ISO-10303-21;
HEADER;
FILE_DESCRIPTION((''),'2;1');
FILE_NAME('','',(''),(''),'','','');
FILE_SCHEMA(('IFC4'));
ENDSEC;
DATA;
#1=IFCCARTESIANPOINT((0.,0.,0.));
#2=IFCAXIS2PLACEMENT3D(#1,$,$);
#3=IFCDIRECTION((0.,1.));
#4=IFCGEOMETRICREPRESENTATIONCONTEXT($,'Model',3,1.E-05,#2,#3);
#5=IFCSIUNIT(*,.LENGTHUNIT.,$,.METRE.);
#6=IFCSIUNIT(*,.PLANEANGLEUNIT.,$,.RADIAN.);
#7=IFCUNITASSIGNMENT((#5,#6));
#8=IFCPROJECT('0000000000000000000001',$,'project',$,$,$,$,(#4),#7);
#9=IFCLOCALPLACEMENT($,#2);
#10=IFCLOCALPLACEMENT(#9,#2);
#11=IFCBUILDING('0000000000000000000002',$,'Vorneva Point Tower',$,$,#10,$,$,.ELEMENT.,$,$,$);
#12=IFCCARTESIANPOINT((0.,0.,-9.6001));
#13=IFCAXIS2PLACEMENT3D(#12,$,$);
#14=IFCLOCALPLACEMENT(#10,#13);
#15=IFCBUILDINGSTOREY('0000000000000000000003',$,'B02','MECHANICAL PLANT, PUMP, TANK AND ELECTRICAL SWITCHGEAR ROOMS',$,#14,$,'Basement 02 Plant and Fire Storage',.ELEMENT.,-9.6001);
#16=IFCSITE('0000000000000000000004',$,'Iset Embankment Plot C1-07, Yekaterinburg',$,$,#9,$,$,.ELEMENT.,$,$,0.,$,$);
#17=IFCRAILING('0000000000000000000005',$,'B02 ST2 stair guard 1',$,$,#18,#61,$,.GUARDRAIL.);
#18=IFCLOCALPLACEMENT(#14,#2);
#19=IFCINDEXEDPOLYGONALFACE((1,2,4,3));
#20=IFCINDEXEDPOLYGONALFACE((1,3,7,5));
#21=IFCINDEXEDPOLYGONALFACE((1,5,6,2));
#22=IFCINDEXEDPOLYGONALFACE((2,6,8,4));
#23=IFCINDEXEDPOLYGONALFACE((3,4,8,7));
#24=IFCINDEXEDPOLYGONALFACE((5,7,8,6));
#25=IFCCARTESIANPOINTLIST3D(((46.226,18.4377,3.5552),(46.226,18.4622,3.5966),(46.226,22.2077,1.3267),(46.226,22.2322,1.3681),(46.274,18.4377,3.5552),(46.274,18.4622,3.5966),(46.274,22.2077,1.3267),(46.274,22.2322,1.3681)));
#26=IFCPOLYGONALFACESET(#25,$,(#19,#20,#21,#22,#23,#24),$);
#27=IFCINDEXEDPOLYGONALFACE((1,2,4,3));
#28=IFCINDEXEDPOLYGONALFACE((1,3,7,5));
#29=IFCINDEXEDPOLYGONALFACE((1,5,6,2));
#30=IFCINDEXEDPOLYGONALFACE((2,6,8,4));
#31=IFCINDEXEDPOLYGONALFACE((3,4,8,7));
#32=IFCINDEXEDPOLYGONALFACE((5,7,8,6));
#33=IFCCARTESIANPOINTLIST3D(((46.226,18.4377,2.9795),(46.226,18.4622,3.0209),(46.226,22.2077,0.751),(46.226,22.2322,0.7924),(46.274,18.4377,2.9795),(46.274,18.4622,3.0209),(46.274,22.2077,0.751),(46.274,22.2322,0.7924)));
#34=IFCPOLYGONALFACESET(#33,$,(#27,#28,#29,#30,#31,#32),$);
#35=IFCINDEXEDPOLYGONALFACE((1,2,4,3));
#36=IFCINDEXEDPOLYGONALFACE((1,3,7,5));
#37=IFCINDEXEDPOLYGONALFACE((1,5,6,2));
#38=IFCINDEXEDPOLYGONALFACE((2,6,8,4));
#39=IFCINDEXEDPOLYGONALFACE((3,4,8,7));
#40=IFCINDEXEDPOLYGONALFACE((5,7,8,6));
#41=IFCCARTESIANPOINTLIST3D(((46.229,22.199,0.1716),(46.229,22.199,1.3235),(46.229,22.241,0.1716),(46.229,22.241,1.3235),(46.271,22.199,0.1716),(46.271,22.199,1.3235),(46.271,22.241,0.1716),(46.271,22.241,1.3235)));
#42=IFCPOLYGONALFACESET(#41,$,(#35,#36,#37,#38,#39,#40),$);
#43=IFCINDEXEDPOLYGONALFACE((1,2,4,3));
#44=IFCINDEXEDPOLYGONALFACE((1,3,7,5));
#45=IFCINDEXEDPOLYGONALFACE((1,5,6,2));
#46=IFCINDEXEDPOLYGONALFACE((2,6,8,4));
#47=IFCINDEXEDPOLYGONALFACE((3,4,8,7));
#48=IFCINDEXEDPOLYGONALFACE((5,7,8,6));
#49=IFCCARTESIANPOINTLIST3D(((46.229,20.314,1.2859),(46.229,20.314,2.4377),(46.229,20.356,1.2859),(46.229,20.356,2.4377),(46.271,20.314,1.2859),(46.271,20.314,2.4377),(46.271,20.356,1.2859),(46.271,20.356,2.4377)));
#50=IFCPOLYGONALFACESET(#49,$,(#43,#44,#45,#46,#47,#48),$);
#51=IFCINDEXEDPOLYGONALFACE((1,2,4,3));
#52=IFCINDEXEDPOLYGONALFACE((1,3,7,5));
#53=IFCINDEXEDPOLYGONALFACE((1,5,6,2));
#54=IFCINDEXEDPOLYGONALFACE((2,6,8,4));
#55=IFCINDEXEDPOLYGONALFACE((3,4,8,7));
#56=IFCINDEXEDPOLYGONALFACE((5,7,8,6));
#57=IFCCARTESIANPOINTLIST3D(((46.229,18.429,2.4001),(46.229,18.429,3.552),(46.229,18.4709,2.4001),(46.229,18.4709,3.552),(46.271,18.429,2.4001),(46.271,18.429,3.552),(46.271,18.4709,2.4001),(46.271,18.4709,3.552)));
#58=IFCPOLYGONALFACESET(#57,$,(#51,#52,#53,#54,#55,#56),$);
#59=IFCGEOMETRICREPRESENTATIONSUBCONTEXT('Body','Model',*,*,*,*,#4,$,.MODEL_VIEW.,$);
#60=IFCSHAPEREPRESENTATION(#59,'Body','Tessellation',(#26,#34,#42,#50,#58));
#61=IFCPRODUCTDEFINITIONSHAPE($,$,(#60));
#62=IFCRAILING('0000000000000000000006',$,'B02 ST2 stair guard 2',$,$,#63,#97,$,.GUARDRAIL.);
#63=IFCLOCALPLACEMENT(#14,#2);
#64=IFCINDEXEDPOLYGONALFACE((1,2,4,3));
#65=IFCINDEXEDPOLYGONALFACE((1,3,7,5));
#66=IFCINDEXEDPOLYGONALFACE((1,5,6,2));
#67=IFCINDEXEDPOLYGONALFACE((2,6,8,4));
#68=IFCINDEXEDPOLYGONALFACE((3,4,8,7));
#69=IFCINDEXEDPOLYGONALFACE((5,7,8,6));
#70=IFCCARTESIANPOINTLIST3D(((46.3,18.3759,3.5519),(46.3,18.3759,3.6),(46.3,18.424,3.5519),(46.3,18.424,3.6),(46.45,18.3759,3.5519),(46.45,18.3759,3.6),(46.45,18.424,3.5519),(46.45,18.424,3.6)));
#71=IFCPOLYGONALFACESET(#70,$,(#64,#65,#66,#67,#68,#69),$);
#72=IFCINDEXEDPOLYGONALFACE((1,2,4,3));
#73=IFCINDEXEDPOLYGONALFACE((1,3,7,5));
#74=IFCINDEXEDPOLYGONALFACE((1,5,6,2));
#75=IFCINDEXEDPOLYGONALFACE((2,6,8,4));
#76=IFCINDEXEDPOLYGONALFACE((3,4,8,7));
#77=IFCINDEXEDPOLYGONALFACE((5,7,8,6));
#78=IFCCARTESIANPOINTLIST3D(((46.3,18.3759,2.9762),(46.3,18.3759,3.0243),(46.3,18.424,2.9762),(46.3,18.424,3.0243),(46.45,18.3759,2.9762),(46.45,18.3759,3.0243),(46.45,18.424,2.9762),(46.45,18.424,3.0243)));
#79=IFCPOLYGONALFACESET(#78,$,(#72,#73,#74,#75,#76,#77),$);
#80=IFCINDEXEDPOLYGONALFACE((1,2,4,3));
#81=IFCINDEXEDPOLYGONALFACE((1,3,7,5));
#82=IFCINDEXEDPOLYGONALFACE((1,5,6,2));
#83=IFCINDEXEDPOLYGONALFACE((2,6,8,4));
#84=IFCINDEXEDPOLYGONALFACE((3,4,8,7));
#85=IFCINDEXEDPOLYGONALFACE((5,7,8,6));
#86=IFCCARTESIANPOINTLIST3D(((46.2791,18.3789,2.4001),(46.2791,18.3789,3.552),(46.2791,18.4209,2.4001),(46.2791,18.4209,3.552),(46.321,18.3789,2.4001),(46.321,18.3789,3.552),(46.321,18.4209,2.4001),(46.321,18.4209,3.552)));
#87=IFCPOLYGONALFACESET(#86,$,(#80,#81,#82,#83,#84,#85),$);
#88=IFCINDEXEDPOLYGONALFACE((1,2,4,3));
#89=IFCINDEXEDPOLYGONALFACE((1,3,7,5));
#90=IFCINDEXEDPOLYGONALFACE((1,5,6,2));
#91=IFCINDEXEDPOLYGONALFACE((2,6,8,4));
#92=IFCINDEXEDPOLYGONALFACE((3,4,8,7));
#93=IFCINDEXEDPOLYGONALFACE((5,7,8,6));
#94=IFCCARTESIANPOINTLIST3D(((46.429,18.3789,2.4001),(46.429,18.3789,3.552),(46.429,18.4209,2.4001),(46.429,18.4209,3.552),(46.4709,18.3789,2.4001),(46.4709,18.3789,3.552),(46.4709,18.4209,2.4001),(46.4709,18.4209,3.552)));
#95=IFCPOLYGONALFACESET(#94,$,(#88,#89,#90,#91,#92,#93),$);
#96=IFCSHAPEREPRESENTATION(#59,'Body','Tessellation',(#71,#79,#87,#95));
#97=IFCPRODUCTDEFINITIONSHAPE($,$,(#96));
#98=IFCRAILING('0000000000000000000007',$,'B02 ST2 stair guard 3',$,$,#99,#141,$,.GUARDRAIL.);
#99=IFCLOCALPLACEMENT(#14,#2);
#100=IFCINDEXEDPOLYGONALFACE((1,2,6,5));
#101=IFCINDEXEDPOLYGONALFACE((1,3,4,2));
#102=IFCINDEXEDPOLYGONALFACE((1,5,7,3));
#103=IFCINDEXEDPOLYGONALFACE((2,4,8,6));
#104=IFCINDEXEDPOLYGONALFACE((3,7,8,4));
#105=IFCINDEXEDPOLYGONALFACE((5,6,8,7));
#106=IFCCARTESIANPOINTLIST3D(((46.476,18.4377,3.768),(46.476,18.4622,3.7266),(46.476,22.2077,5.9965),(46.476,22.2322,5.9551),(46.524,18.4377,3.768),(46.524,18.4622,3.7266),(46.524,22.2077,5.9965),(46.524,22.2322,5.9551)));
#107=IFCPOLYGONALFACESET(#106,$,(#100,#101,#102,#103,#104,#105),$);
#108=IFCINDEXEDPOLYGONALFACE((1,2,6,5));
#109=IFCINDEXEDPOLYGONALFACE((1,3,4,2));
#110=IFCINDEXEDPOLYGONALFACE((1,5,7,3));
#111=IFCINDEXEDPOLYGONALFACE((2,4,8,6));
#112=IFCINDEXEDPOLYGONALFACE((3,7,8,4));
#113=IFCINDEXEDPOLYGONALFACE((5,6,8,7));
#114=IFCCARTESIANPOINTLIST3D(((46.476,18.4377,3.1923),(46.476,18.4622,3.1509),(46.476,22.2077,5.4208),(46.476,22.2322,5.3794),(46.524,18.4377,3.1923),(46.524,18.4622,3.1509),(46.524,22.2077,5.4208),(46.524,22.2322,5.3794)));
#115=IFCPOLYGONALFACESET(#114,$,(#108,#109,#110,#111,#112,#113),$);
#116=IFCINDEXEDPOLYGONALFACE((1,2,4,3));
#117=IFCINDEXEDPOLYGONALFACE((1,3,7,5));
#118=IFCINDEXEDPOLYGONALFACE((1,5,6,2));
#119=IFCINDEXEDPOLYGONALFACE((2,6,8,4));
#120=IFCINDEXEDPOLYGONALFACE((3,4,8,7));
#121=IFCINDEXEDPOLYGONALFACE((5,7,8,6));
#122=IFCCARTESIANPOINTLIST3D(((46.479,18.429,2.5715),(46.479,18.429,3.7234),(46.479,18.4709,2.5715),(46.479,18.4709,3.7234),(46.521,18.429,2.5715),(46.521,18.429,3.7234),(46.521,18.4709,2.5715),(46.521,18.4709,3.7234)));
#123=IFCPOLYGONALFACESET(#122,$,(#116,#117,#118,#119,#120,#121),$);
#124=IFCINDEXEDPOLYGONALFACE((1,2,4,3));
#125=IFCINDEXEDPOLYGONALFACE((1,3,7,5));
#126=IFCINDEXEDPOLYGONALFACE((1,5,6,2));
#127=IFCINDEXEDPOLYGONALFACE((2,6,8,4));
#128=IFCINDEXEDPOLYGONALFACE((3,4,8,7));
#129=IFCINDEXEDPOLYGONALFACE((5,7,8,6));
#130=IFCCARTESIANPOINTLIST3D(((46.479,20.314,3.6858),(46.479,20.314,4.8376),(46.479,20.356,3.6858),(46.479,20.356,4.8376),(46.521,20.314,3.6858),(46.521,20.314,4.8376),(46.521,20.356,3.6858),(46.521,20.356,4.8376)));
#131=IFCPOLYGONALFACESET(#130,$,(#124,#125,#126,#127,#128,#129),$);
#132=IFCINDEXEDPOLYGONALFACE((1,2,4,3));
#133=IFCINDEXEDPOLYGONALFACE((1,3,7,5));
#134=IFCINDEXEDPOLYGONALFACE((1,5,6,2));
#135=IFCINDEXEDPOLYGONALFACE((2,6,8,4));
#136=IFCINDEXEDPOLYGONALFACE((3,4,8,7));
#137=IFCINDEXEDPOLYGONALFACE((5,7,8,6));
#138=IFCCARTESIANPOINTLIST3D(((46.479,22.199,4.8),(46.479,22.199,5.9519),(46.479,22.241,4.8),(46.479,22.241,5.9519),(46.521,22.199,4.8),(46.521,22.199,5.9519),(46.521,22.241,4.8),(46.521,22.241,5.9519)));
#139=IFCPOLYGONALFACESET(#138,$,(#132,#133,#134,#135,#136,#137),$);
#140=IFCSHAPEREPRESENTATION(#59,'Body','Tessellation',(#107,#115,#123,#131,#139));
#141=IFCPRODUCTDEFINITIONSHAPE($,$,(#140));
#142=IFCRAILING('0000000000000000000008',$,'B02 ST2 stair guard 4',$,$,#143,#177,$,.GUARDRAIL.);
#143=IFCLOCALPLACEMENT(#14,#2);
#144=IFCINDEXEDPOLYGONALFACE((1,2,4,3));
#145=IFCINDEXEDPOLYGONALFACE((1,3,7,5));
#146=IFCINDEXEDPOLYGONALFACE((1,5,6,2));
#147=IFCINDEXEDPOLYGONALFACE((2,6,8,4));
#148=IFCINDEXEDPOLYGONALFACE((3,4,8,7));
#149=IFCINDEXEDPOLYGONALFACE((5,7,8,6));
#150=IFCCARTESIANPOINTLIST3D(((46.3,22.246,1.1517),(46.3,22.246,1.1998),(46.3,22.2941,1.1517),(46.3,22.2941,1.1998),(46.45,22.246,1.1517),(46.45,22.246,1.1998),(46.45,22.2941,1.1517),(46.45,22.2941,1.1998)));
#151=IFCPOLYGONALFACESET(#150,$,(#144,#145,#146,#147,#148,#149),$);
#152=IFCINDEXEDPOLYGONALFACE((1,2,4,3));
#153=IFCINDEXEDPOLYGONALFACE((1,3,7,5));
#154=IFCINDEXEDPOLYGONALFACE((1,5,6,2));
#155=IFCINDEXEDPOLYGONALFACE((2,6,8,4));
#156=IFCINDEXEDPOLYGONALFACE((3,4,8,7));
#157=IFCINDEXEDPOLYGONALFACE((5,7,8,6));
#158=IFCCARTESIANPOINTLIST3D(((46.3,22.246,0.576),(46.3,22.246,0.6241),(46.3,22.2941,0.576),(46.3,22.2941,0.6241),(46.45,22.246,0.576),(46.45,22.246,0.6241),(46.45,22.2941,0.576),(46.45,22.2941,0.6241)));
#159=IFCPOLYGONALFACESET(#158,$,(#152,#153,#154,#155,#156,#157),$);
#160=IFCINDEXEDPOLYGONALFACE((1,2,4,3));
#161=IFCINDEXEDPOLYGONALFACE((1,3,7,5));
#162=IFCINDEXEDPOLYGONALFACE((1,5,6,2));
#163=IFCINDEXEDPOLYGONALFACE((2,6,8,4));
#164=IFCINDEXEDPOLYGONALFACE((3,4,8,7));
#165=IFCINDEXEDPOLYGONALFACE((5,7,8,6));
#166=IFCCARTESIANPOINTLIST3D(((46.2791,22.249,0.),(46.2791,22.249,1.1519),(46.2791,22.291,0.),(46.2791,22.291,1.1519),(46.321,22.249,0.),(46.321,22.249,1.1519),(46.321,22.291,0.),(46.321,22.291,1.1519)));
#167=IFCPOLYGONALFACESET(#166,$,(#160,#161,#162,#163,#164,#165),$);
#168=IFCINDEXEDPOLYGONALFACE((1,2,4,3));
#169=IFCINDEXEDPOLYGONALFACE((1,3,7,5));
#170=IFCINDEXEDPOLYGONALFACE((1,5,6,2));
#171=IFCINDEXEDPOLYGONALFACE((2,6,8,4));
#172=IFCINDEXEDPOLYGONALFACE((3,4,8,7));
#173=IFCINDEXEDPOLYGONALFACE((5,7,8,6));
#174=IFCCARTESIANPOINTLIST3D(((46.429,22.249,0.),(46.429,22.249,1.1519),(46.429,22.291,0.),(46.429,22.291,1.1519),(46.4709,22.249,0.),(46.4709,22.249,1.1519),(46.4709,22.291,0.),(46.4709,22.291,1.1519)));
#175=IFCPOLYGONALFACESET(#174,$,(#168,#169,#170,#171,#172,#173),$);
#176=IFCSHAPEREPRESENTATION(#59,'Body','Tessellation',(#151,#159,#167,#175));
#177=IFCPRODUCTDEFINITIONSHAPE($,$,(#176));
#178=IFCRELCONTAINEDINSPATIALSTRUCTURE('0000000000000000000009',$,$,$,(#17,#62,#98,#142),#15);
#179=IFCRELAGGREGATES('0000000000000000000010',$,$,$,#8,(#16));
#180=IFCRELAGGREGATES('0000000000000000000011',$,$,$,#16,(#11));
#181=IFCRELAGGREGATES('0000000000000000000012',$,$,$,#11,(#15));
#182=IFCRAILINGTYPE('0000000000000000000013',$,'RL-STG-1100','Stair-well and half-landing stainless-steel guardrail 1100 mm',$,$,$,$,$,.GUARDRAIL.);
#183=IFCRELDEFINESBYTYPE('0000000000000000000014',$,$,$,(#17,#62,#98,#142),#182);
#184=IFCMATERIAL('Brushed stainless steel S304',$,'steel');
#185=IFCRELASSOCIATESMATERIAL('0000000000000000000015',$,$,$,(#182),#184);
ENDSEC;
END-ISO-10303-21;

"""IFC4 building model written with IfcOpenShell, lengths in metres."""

from ifc_helpers import new_model, si_unit, direction, frame, origin, origin_2d, place, context, subcontext, project, spatial, rectangle, extrude, material, type_object, element, save


model = new_model("IFC4")

# Units and contexts
model_context = context("Model", 3, precision=1e-05, world=origin(), true_north=direction((0.0, 1.0)))
body_context = subcontext(model_context, "Body", "Model", "MODEL_VIEW")
ifc_project = project(units=[si_unit("LENGTHUNIT", "METRE"), si_unit("PLANEANGLEUNIT", "RADIAN")], contexts=[model_context])

# Site, building, storey
site_placement = place(None, origin())
site = spatial("IfcSite", under=ifc_project, at=site_placement, Name="Iset Embankment Plot C1-07, Yekaterinburg", CompositionType="ELEMENT", RefElevation=0.0)
building_placement = place(site_placement, origin())
building = spatial("IfcBuilding", under=site, at=building_placement, Name="Vorneva Point Tower", CompositionType="ELEMENT")
storey_placement = place(building_placement, frame((0.0, 0.0, -9.6001)))
storey = spatial("IfcBuildingStorey", under=building, at=storey_placement, Name="B02", Description="MECHANICAL PLANT, PUMP, TANK AND ELECTRICAL SWITCHGEAR ROOMS", LongName="Basement 02 Plant and Fire Storage", CompositionType="ELEMENT", Elevation=-9.6001)

# Railings
ifc_material_1 = material(Name="Brushed stainless steel S304", Category="steel")
railing_type_1 = type_object("IfcRailingType", Name="RL-STG-1100", Description="Stair-well and half-landing stainless-steel guardrail 1100 mm", PredefinedType="GUARDRAIL", material=ifc_material_1)
railing_1_placement = place(storey_placement, frame((46.25, 22.22, 0.1716)))
element("IfcRailing", 1, at=railing_1_placement, inside=storey, type_object=railing_type_1, Name="B02 ST2 stair guard 1", PredefinedType="GUARDRAIL", context=body_context, shape_type="SweptSolid", body=[
    extrude(rectangle(XDim=0.0481, YDim=0.0481, at=origin_2d()), frame((0.0, 0.0, 1.1758), z_axis=(0.0, -0.860849, 0.508861), x_axis=(1.0, 0.0, 0.0)), (0.0, 0.0, 1.0), 4.3794),
    extrude(rectangle(XDim=0.0481, YDim=0.0481, at=origin_2d()), frame((0.0, 0.0, 0.6001), z_axis=(0.0, -0.860849, 0.508861), x_axis=(1.0, 0.0, 0.0)), (0.0, 0.0, 1.0), 4.3794),
    extrude(rectangle(XDim=0.042, YDim=0.042, at=origin_2d()), origin(), (0.0, 0.0, 1.0), 1.1519),
    extrude(rectangle(XDim=0.042, YDim=0.042, at=origin_2d()), frame((0.0, -1.885, 1.1143)), (0.0, 0.0, 1.0), 1.1519),
    extrude(rectangle(XDim=0.042, YDim=0.042, at=origin_2d()), frame((0.0, -3.77, 2.2285)), (0.0, 0.0, 1.0), 1.1519),
])
railing_2_placement = place(storey_placement, frame((46.3, 18.3999, 2.4001)))
element("IfcRailing", 2, at=railing_2_placement, inside=storey, type_object=railing_type_1, Name="B02 ST2 stair guard 2", PredefinedType="GUARDRAIL", context=body_context, shape_type="SweptSolid", body=[
    extrude(rectangle(XDim=0.0481, YDim=0.0481, at=origin_2d()), frame((0.0, 0.0, 1.1758), z_axis=(1.0, 0.0, 0.0), x_axis=(0.0, 1.0, 0.0)), (0.0, 0.0, 1.0), 0.1499),
    extrude(rectangle(XDim=0.0481, YDim=0.0481, at=origin_2d()), frame((0.0, 0.0, 0.6001), z_axis=(1.0, 0.0, 0.0), x_axis=(0.0, 1.0, 0.0)), (0.0, 0.0, 1.0), 0.1499),
    extrude(rectangle(XDim=0.042, YDim=0.042, at=origin_2d()), origin(), (0.0, 0.0, 1.0), 1.1519),
    extrude(rectangle(XDim=0.042, YDim=0.042, at=origin_2d()), frame((0.1499, 0.0, 0.0)), (0.0, 0.0, 1.0), 1.1519),
])
railing_3_placement = place(storey_placement, frame((46.5, 18.45, 2.5715)))
element("IfcRailing", 3, at=railing_3_placement, inside=storey, type_object=railing_type_1, Name="B02 ST2 stair guard 3", PredefinedType="GUARDRAIL", context=body_context, shape_type="SweptSolid", body=[
    extrude(rectangle(XDim=0.0481, YDim=0.0481, at=origin_2d()), frame((0.0, 0.0, 1.1758), z_axis=(0.0, 0.860849, 0.508861), x_axis=(-1.0, 0.0, 0.0)), (0.0, 0.0, 1.0), 4.3794),
    extrude(rectangle(XDim=0.0481, YDim=0.0481, at=origin_2d()), frame((0.0, 0.0, 0.6001), z_axis=(0.0, 0.860849, 0.508861), x_axis=(-1.0, 0.0, 0.0)), (0.0, 0.0, 1.0), 4.3794),
    extrude(rectangle(XDim=0.042, YDim=0.042, at=origin_2d()), origin(), (0.0, 0.0, 1.0), 1.1519),
    extrude(rectangle(XDim=0.042, YDim=0.042, at=origin_2d()), frame((0.0, 1.885, 1.1143)), (0.0, 0.0, 1.0), 1.1519),
    extrude(rectangle(XDim=0.042, YDim=0.042, at=origin_2d()), frame((0.0, 3.77, 2.2285)), (0.0, 0.0, 1.0), 1.1519),
])
railing_4_placement = place(storey_placement, frame((46.3, 22.27, 0.0)))
element("IfcRailing", 4, at=railing_4_placement, inside=storey, type_object=railing_type_1, Name="B02 ST2 stair guard 4", PredefinedType="GUARDRAIL", context=body_context, shape_type="SweptSolid", body=[
    extrude(rectangle(XDim=0.0481, YDim=0.0481, at=origin_2d()), frame((0.0, 0.0, 1.1758), z_axis=(1.0, 0.0, 0.0), x_axis=(0.0, 1.0, 0.0)), (0.0, 0.0, 1.0), 0.1499),
    extrude(rectangle(XDim=0.0481, YDim=0.0481, at=origin_2d()), frame((0.0, 0.0, 0.6001), z_axis=(1.0, 0.0, 0.0), x_axis=(0.0, 1.0, 0.0)), (0.0, 0.0, 1.0), 0.1499),
    extrude(rectangle(XDim=0.042, YDim=0.042, at=origin_2d()), origin(), (0.0, 0.0, 1.0), 1.1519),
    extrude(rectangle(XDim=0.042, YDim=0.042, at=origin_2d()), frame((0.1499, 0.0, 0.0)), (0.0, 0.0, 1.0), 1.1519),
])

save(model, "model.ifc")
